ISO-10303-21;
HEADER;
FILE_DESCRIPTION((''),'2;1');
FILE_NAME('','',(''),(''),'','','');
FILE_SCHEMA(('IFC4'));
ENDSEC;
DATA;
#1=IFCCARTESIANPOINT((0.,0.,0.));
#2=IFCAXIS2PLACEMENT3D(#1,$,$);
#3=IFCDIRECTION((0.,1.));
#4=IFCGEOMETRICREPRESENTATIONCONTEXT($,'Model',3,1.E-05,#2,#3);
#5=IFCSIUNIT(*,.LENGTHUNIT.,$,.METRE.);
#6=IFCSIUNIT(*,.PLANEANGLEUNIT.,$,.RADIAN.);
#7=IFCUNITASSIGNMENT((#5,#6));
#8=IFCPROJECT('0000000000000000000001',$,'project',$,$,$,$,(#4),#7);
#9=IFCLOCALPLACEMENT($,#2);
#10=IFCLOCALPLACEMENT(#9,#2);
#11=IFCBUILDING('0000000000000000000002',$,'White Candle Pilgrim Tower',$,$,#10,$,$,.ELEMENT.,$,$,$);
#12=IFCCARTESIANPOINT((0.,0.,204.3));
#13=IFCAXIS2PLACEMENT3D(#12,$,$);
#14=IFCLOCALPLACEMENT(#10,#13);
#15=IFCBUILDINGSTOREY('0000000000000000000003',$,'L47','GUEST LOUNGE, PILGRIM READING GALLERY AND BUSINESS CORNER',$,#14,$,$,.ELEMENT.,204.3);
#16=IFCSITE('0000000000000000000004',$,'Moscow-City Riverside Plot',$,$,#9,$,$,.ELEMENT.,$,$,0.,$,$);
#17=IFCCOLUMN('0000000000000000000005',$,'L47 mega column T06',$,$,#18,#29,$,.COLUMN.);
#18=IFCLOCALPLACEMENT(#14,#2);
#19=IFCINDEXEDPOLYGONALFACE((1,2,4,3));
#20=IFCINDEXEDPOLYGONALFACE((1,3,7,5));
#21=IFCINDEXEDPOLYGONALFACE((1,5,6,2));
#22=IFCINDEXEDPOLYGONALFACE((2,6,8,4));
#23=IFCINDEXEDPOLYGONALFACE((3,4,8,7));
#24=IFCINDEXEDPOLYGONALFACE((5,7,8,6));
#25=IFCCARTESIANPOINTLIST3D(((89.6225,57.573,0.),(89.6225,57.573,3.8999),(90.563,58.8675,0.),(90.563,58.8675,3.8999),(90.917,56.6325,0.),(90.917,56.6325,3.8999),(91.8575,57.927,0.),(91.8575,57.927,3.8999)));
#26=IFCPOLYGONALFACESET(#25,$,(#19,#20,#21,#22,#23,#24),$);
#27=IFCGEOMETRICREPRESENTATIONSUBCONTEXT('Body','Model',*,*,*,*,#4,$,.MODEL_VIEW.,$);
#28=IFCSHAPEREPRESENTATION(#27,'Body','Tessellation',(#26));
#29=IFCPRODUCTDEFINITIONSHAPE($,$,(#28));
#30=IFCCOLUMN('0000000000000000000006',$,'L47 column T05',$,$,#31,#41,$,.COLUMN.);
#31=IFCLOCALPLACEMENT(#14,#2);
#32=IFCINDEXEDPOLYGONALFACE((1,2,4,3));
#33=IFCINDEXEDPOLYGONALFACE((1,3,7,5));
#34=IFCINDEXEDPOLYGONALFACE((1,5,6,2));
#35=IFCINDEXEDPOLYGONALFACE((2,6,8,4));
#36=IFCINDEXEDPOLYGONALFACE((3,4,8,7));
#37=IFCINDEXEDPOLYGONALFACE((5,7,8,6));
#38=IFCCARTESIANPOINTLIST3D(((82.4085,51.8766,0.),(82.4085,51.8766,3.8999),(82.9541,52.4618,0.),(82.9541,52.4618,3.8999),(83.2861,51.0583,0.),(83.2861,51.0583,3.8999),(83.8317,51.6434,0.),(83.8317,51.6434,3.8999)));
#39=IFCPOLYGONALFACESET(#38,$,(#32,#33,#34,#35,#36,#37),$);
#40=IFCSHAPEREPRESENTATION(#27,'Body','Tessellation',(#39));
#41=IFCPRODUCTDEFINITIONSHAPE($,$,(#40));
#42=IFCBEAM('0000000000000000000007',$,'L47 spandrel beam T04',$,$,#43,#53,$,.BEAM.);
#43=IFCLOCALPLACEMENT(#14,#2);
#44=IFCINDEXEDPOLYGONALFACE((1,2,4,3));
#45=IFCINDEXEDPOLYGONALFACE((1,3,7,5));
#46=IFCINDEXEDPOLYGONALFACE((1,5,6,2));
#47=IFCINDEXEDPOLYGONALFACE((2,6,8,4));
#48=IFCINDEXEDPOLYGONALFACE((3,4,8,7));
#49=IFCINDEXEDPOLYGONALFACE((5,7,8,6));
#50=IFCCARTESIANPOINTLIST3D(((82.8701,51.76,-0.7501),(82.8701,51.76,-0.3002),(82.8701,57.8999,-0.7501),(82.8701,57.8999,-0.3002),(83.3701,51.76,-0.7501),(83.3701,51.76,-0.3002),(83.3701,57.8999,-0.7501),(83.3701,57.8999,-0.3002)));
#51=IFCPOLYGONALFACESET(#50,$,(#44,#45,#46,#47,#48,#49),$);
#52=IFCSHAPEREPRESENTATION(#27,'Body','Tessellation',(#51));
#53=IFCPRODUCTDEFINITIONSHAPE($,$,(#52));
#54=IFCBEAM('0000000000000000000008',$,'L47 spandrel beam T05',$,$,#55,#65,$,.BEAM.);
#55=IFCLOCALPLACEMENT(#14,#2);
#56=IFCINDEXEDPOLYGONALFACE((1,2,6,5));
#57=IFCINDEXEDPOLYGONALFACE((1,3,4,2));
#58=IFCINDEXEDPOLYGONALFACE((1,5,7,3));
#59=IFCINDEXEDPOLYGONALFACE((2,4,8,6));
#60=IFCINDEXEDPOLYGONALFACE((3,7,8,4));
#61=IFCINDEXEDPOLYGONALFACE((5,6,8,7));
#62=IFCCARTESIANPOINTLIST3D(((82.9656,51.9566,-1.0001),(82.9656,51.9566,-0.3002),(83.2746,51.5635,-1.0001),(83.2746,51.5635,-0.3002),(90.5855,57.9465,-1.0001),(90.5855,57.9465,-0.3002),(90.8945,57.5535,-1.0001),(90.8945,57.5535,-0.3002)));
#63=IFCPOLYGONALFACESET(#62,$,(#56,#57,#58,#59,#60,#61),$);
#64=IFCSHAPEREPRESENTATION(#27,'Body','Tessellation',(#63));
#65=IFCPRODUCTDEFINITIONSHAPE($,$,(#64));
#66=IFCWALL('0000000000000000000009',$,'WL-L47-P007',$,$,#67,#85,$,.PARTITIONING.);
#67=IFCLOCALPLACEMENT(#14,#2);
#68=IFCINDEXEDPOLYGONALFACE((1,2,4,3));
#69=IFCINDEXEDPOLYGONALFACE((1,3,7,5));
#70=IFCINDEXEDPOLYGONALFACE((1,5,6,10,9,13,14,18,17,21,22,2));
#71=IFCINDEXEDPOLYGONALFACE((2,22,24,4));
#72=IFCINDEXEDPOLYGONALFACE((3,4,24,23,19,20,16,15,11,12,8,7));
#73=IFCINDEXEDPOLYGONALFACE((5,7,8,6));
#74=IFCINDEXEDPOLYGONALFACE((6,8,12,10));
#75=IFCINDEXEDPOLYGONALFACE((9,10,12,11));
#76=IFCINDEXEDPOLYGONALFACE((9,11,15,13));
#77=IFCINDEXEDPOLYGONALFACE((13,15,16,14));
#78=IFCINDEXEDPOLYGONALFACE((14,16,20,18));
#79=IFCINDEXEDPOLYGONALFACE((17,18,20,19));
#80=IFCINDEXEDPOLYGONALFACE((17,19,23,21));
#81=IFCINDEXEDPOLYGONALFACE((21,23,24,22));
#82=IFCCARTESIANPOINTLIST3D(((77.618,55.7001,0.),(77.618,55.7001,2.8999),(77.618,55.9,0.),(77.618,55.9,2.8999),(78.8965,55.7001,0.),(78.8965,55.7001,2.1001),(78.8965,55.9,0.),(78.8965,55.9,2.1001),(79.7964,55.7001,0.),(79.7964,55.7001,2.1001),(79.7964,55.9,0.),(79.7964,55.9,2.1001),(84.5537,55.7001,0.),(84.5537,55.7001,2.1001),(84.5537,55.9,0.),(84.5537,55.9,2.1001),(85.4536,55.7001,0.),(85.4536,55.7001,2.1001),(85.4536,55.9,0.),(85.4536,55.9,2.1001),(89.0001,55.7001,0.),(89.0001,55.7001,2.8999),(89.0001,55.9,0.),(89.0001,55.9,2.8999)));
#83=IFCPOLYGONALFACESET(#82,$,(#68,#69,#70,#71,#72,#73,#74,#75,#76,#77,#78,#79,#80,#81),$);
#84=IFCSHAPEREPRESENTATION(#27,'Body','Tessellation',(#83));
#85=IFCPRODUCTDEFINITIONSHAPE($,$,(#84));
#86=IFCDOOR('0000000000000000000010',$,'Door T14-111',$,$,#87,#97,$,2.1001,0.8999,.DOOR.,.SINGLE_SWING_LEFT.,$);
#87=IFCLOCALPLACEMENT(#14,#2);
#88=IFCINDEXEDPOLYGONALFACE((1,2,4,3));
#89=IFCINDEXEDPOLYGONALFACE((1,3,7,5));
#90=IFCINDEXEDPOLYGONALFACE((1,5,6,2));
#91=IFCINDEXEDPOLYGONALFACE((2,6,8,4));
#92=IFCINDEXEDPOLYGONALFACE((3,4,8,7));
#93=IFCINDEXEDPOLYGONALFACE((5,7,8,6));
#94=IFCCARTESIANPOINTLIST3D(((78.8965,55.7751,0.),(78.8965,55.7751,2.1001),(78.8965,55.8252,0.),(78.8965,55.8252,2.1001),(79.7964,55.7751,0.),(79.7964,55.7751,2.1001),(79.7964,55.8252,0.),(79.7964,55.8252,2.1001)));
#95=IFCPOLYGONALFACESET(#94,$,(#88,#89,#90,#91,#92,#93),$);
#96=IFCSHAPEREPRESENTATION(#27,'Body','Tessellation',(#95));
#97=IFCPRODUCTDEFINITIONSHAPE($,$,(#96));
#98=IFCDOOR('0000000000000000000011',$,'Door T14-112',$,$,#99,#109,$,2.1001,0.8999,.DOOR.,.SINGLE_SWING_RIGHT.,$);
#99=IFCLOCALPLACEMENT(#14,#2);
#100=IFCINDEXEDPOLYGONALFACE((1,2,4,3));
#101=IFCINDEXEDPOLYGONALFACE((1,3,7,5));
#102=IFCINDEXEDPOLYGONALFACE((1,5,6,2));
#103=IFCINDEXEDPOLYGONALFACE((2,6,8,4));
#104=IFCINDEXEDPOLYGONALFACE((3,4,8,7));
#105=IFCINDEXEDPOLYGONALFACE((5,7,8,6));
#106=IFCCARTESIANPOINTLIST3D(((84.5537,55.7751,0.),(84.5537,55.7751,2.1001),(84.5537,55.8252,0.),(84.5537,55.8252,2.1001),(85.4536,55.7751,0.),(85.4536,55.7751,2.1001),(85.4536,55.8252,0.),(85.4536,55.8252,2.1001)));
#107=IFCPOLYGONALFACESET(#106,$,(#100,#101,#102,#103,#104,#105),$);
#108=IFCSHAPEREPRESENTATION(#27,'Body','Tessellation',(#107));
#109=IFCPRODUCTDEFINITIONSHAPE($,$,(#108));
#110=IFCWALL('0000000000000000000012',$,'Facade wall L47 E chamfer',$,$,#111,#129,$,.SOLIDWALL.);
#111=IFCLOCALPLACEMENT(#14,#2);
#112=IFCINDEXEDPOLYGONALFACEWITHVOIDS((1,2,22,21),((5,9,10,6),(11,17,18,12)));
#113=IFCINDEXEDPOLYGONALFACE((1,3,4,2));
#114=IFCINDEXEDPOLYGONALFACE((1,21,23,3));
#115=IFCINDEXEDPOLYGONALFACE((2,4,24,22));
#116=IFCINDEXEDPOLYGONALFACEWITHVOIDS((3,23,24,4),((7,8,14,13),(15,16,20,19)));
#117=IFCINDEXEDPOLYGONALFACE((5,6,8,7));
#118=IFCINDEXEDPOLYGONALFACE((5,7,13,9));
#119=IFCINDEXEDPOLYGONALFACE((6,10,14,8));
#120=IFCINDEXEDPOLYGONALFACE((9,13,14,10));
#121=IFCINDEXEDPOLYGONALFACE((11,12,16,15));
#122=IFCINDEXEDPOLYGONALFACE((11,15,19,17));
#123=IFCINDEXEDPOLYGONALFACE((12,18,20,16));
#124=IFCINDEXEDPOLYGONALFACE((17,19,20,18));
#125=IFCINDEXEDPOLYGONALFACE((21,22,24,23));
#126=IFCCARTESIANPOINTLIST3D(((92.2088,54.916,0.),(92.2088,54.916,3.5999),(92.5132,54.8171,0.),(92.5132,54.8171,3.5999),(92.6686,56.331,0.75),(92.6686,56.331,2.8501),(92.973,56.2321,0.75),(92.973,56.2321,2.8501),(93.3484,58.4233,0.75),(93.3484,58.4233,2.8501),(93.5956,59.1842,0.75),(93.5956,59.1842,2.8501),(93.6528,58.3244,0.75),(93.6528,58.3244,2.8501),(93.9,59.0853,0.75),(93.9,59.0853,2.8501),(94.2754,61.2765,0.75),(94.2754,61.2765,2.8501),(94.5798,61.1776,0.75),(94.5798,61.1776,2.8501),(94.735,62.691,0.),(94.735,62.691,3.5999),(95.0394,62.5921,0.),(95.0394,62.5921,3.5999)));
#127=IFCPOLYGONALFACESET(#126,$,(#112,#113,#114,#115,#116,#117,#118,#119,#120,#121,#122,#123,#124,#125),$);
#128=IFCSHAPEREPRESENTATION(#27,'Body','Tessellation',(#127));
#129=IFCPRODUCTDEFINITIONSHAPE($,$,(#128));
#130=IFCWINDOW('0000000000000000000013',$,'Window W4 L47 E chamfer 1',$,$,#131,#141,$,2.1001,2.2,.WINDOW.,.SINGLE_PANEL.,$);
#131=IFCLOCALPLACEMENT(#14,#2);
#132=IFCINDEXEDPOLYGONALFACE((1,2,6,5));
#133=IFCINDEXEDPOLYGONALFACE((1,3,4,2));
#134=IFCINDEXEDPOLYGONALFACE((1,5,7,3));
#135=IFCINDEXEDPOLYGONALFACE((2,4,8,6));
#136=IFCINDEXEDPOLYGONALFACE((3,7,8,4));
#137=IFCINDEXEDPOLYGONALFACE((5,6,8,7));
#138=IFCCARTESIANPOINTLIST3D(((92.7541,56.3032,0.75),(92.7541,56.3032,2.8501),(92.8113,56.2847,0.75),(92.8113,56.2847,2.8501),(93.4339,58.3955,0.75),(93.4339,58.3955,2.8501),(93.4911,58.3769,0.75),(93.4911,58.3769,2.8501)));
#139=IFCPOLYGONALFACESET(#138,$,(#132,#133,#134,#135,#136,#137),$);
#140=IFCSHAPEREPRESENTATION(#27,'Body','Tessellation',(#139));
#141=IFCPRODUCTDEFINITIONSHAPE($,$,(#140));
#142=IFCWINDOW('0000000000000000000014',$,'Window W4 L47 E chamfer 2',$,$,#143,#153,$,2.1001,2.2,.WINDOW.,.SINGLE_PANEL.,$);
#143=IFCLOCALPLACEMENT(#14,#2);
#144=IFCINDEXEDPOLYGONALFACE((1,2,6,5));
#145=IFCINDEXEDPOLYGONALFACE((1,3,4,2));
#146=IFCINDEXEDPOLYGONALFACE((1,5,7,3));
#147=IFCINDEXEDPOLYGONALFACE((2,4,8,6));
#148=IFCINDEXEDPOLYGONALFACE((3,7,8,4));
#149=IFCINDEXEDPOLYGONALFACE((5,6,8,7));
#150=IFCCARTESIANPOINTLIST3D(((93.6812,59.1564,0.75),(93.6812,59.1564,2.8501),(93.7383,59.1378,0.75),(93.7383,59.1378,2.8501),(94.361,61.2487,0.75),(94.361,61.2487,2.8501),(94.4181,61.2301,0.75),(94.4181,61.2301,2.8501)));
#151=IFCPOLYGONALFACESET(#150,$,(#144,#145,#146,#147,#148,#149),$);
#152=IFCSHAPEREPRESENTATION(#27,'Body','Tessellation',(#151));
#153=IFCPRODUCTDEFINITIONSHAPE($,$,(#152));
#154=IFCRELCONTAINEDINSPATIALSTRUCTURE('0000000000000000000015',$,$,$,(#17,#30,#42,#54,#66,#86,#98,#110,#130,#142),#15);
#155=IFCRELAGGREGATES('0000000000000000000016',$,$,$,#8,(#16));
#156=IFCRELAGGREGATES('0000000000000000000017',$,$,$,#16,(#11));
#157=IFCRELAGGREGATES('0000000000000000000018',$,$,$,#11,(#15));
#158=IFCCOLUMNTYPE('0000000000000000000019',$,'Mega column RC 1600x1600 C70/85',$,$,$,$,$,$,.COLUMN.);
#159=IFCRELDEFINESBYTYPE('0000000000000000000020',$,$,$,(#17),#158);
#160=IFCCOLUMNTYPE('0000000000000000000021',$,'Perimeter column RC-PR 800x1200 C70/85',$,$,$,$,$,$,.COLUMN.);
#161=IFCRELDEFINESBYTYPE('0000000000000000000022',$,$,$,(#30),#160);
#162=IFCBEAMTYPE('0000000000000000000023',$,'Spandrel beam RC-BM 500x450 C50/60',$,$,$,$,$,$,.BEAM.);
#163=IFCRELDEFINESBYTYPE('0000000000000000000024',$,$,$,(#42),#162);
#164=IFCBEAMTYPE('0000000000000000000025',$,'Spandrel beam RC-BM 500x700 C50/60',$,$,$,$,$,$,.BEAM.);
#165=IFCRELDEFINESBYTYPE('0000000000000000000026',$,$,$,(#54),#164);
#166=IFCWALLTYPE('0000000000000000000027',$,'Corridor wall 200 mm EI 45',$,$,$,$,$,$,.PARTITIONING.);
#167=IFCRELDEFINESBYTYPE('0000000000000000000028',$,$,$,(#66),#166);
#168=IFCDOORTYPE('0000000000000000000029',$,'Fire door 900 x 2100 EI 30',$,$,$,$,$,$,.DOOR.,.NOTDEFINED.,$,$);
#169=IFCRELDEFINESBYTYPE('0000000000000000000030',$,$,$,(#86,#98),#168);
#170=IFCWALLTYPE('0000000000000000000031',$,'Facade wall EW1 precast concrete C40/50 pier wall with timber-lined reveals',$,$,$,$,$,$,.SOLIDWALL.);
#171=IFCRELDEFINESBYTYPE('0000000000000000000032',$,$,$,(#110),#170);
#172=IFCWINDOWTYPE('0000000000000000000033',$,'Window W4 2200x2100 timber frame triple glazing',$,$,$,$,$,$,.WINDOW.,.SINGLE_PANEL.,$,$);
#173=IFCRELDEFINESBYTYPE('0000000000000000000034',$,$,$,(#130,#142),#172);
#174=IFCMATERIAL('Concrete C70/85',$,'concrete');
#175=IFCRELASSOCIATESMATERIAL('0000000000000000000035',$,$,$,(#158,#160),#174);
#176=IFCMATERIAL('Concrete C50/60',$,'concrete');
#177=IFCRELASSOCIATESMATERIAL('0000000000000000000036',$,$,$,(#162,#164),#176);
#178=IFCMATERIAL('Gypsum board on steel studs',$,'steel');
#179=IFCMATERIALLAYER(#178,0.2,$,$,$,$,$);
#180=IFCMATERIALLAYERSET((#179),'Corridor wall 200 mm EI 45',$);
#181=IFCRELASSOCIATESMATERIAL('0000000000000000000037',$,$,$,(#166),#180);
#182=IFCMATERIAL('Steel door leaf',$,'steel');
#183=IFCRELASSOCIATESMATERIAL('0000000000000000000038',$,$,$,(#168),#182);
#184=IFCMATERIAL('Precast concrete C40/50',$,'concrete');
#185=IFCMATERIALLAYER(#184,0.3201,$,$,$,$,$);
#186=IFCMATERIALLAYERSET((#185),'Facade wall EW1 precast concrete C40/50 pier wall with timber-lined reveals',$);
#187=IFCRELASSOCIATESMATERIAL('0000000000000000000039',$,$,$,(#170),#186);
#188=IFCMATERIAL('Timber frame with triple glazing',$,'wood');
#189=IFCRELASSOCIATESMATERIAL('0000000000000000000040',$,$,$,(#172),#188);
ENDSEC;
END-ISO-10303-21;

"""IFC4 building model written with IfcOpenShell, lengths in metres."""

from ifc_helpers import new_model, si_unit, direction, frame, frame_2d, origin, origin_2d, place, context, subcontext, project, spatial, rectangle, extrude, material, layer, layer_set, material_profile, profile_set, type_object, element, fill, save


model = new_model("IFC4")

# Units and contexts
model_context = context("Model", 3, precision=1e-05, world=origin(), true_north=direction((0.0, 1.0)))
body_context = subcontext(model_context, "Body", "Model", "MODEL_VIEW")
ifc_project = project(units=[si_unit("LENGTHUNIT", "METRE"), si_unit("PLANEANGLEUNIT", "RADIAN")], contexts=[model_context])

# Site, building, storey
site_placement = place(None, origin())
site = spatial("IfcSite", under=ifc_project, at=site_placement, Name="Moscow-City Riverside Plot", CompositionType="ELEMENT", RefElevation=0.0)
building_placement = place(site_placement, origin())
building = spatial("IfcBuilding", under=site, at=building_placement, Name="White Candle Pilgrim Tower", CompositionType="ELEMENT")
storey_placement = place(building_placement, frame((0.0, 0.0, 204.3)))
storey = spatial("IfcBuildingStorey", under=building, at=storey_placement, Name="L47", Description="GUEST LOUNGE, PILGRIM READING GALLERY AND BUSINESS CORNER", CompositionType="ELEMENT", Elevation=204.3)

# Columns
ifc_material_1 = material(Name="Concrete C70/85", Category="concrete")
ifc_material_profile_1 = material_profile(ifc_material_1, rectangle(XDim=1.6001, YDim=1.6001, at=origin_2d()), Name="RC 1600x1600")
ifc_profile_set_1 = profile_set([ifc_material_profile_1], Name="Concrete C70/85")
column_type_1 = type_object("IfcColumnType", Name="Mega column RC 1600x1600 C70/85", PredefinedType="COLUMN", material=ifc_profile_set_1)
column_1_placement = place(storey_placement, frame((90.74, 57.75, 0.0), z_axis=(0.0, 0.0, 1.0), x_axis=(0.809017, -0.587785, 0.0)))
element("IfcColumn", 1, at=column_1_placement, inside=storey, type_object=column_type_1, Name="L47 mega column T06", PredefinedType="COLUMN", context=body_context, shape_type="SweptSolid", body=[
    extrude(rectangle(XDim=1.6001, YDim=1.6001, at=origin_2d()), origin(), (0.0, 0.0, 1.0), 3.8999),
])
ifc_material_profile_2 = material_profile(ifc_material_1, rectangle(XDim=0.8, YDim=1.2, at=origin_2d()), Name="RC-PR 800x1200")
ifc_profile_set_2 = profile_set([ifc_material_profile_2], Name="Concrete C70/85")
column_type_2 = type_object("IfcColumnType", Name="Perimeter column RC-PR 800x1200 C70/85", PredefinedType="COLUMN", material=ifc_profile_set_2)
column_2_placement = place(storey_placement, frame((83.1201, 51.76, 0.0), z_axis=(0.0, 0.0, 1.0), x_axis=(-0.681998, -0.731354, 0.0)))
element("IfcColumn", 2, at=column_2_placement, inside=storey, type_object=column_type_2, Name="L47 column T05", PredefinedType="COLUMN", context=body_context, shape_type="SweptSolid", body=[
    extrude(rectangle(XDim=0.8, YDim=1.2, at=origin_2d()), origin(), (0.0, 0.0, 1.0), 3.8999),
])

# Beams
ifc_material_2 = material(Name="Concrete C50/60", Category="concrete")
ifc_material_profile_3 = material_profile(ifc_material_2, rectangle(XDim=0.5, YDim=0.45, at=origin_2d()), Name="RC-BM 500x450")
ifc_profile_set_3 = profile_set([ifc_material_profile_3], Name="Concrete C50/60")
beam_type_1 = type_object("IfcBeamType", Name="Spandrel beam RC-BM 500x450 C50/60", PredefinedType="BEAM", material=ifc_profile_set_3)
beam_1_placement = place(storey_placement, frame((83.1201, 51.76, -0.5251), z_axis=(0.0, 1.0, 0.0), x_axis=(-1.0, 0.0, 0.0)))
element("IfcBeam", 3, at=beam_1_placement, inside=storey, type_object=beam_type_1, Name="L47 spandrel beam T04", PredefinedType="BEAM", context=body_context, shape_type="SweptSolid", body=[
    extrude(rectangle(XDim=0.5, YDim=0.45, at=origin_2d()), origin(), (0.0, 0.0, 1.0), 6.1399),
])
ifc_material_profile_4 = material_profile(ifc_material_2, rectangle(XDim=0.5, YDim=0.7, at=origin_2d()), Name="RC-BM 500x700")
ifc_profile_set_4 = profile_set([ifc_material_profile_4], Name="Concrete C50/60")
beam_type_2 = type_object("IfcBeamType", Name="Spandrel beam RC-BM 500x700 C50/60", PredefinedType="BEAM", material=ifc_profile_set_4)
beam_2_placement = place(storey_placement, frame((83.1201, 51.76, -0.6501), z_axis=(0.786171, 0.61801, 0.0), x_axis=(-0.61801, 0.786171, 0.0)))
element("IfcBeam", 4, at=beam_2_placement, inside=storey, type_object=beam_type_2, Name="L47 spandrel beam T05", PredefinedType="BEAM", context=body_context, shape_type="SweptSolid", body=[
    extrude(rectangle(XDim=0.5, YDim=0.7, at=origin_2d()), origin(), (0.0, 0.0, 1.0), 9.6924),
])

# Wall, openings, doors
ifc_material_3 = material(Name="Gypsum board on steel studs", Category="steel")
ifc_layer_1 = layer(ifc_material_3, 0.2)
ifc_layer_set_1 = layer_set([ifc_layer_1], Name="Corridor wall 200 mm EI 45")
wall_type_1 = type_object("IfcWallType", Name="Corridor wall 200 mm EI 45", PredefinedType="PARTITIONING", material=ifc_layer_set_1)
wall_1_placement = place(storey_placement, frame((89.0, 55.8, 0.0), z_axis=(0.0, 0.0, 1.0), x_axis=(-1.0, 0.0, 0.0)))
wall_1 = element("IfcWall", 5, at=wall_1_placement, inside=storey, type_object=wall_type_1, Name="WL-L47-P007", PredefinedType="PARTITIONING", context=body_context, shape_type="SweptSolid", body=[
    extrude(rectangle(XDim=11.3821, YDim=0.2, at=frame_2d((5.6909, 0.0))), origin(), (0.0, 0.0, 1.0), 2.8999),
])
opening_1_placement = place(wall_1_placement, frame((9.2036, 0.0, 0.0)))
opening_1 = element("IfcOpeningElement", 6, at=opening_1_placement, cuts=wall_1, PredefinedType="OPENING", context=body_context, shape_type="SweptSolid", body=[
    extrude(rectangle(XDim=0.8999, YDim=2.1001, at=frame_2d((0.45, 1.05))), frame((0.0, 0.1099, 0.0), z_axis=(0.0, -1.0, 0.0), x_axis=(1.0, 0.0, 0.0)), (0.0, 0.0, 1.0), 0.22),
])
opening_2_placement = place(wall_1_placement, frame((3.5464, 0.0, 0.0)))
opening_2 = element("IfcOpeningElement", 7, at=opening_2_placement, cuts=wall_1, PredefinedType="OPENING", context=body_context, shape_type="SweptSolid", body=[
    extrude(rectangle(XDim=0.8999, YDim=2.1001, at=frame_2d((0.45, 1.05))), frame((0.0, 0.1099, 0.0), z_axis=(0.0, -1.0, 0.0), x_axis=(1.0, 0.0, 0.0)), (0.0, 0.0, 1.0), 0.22),
])
ifc_material_4 = material(Name="Steel door leaf", Category="steel")
door_type_1 = type_object("IfcDoorType", Name="Fire door 900 x 2100 EI 30", OperationType="NOTDEFINED", PredefinedType="DOOR", material=ifc_material_4)
door_1_placement = place(opening_1_placement, origin())
door_1 = element("IfcDoor", 8, at=door_1_placement, inside=storey, type_object=door_type_1, Name="Door T14-111", OperationType="SINGLE_SWING_LEFT", OverallHeight=2.1001, OverallWidth=0.8999, PredefinedType="DOOR", context=body_context, shape_type="SweptSolid", body=[
    extrude(rectangle(XDim=0.8999, YDim=2.1001, at=frame_2d((0.45, 1.05))), frame((0.0, 0.0249, 0.0), z_axis=(0.0, -1.0, 0.0), x_axis=(1.0, 0.0, 0.0)), (0.0, 0.0, 1.0), 0.05),
])
fill(opening_1, door_1)
door_2_placement = place(opening_2_placement, origin())
door_2 = element("IfcDoor", 9, at=door_2_placement, inside=storey, type_object=door_type_1, Name="Door T14-112", OperationType="SINGLE_SWING_RIGHT", OverallHeight=2.1001, OverallWidth=0.8999, PredefinedType="DOOR", context=body_context, shape_type="SweptSolid", body=[
    extrude(rectangle(XDim=0.8999, YDim=2.1001, at=frame_2d((0.45, 1.05))), frame((0.0, 0.0249, 0.0), z_axis=(0.0, -1.0, 0.0), x_axis=(1.0, 0.0, 0.0)), (0.0, 0.0, 1.0), 0.05),
])
fill(opening_2, door_2)

# Wall, openings, windows
ifc_material_5 = material(Name="Precast concrete C40/50", Category="concrete")
ifc_layer_2 = layer(ifc_material_5, 0.3201)
ifc_layer_set_2 = layer_set([ifc_layer_2], Name="Facade wall EW1 precast concrete C40/50 pier wall with timber-lined reveals")
wall_type_2 = type_object("IfcWallType", Name="Facade wall EW1 precast concrete C40/50 pier wall with timber-lined reveals", PredefinedType="SOLIDWALL", material=ifc_layer_set_2)
wall_2_placement = place(storey_placement, frame((92.3611, 54.8667, 0.0), z_axis=(0.0, 0.0, 1.0), x_axis=(0.309006, 0.95106, 0.0)))
wall_2 = element("IfcWall", 10, at=wall_2_placement, inside=storey, type_object=wall_type_2, Name="Facade wall L47 E chamfer", PredefinedType="SOLIDWALL", context=body_context, shape_type="SweptSolid", body=[
    extrude(rectangle(XDim=8.175, YDim=0.3201, at=frame_2d((4.0874, 0.0))), origin(), (0.0, 0.0, 1.0), 3.5999),
])
opening_3_placement = place(wall_2_placement, frame((1.4875, 0.0, 0.75)))
opening_3 = element("IfcOpeningElement", 11, at=opening_3_placement, cuts=wall_2, PredefinedType="OPENING", context=body_context, shape_type="SweptSolid", body=[
    extrude(rectangle(XDim=2.2, YDim=2.1001, at=frame_2d((1.1001, 1.05))), frame((0.0, 0.1699, 0.0), z_axis=(0.0, -1.0, 0.0), x_axis=(1.0, 0.0, 0.0)), (0.0, 0.0, 1.0), 0.3401),
])
opening_4_placement = place(wall_2_placement, frame((4.4875, 0.0, 0.75)))
opening_4 = element("IfcOpeningElement", 12, at=opening_4_placement, cuts=wall_2, PredefinedType="OPENING", context=body_context, shape_type="SweptSolid", body=[
    extrude(rectangle(XDim=2.2, YDim=2.1001, at=frame_2d((1.1001, 1.05))), frame((0.0, 0.1699, 0.0), z_axis=(0.0, -1.0, 0.0), x_axis=(1.0, 0.0, 0.0)), (0.0, 0.0, 1.0), 0.3401),
])
ifc_material_6 = material(Name="Timber frame with triple glazing", Category="wood")
window_type = type_object("IfcWindowType", Name="Window W4 2200x2100 timber frame triple glazing", PartitioningType="SINGLE_PANEL", PredefinedType="WINDOW", material=ifc_material_6)
window_1_placement = place(opening_3_placement, origin())
window_1 = element("IfcWindow", 13, at=window_1_placement, inside=storey, type_object=window_type, Name="Window W4 L47 E chamfer 1", OverallHeight=2.1001, OverallWidth=2.2, PartitioningType="SINGLE_PANEL", PredefinedType="WINDOW", context=body_context, shape_type="SweptSolid", body=[
    extrude(rectangle(XDim=2.2, YDim=2.1001, at=frame_2d((1.1001, 1.05))), frame((0.0, 0.0701, 0.0), z_axis=(0.0, -1.0, 0.0), x_axis=(1.0, 0.0, 0.0)), (0.0, 0.0, 1.0), 0.0601),
])
fill(opening_3, window_1)
window_2_placement = place(opening_4_placement, origin())
window_2 = element("IfcWindow", 14, at=window_2_placement, inside=storey, type_object=window_type, Name="Window W4 L47 E chamfer 2", OverallHeight=2.1001, OverallWidth=2.2, PartitioningType="SINGLE_PANEL", PredefinedType="WINDOW", context=body_context, shape_type="SweptSolid", body=[
    extrude(rectangle(XDim=2.2, YDim=2.1001, at=frame_2d((1.1001, 1.05))), frame((0.0, 0.0701, 0.0), z_axis=(0.0, -1.0, 0.0), x_axis=(1.0, 0.0, 0.0)), (0.0, 0.0, 1.0), 0.0601),
])
fill(opening_4, window_2)

save(model, "model.ifc")
